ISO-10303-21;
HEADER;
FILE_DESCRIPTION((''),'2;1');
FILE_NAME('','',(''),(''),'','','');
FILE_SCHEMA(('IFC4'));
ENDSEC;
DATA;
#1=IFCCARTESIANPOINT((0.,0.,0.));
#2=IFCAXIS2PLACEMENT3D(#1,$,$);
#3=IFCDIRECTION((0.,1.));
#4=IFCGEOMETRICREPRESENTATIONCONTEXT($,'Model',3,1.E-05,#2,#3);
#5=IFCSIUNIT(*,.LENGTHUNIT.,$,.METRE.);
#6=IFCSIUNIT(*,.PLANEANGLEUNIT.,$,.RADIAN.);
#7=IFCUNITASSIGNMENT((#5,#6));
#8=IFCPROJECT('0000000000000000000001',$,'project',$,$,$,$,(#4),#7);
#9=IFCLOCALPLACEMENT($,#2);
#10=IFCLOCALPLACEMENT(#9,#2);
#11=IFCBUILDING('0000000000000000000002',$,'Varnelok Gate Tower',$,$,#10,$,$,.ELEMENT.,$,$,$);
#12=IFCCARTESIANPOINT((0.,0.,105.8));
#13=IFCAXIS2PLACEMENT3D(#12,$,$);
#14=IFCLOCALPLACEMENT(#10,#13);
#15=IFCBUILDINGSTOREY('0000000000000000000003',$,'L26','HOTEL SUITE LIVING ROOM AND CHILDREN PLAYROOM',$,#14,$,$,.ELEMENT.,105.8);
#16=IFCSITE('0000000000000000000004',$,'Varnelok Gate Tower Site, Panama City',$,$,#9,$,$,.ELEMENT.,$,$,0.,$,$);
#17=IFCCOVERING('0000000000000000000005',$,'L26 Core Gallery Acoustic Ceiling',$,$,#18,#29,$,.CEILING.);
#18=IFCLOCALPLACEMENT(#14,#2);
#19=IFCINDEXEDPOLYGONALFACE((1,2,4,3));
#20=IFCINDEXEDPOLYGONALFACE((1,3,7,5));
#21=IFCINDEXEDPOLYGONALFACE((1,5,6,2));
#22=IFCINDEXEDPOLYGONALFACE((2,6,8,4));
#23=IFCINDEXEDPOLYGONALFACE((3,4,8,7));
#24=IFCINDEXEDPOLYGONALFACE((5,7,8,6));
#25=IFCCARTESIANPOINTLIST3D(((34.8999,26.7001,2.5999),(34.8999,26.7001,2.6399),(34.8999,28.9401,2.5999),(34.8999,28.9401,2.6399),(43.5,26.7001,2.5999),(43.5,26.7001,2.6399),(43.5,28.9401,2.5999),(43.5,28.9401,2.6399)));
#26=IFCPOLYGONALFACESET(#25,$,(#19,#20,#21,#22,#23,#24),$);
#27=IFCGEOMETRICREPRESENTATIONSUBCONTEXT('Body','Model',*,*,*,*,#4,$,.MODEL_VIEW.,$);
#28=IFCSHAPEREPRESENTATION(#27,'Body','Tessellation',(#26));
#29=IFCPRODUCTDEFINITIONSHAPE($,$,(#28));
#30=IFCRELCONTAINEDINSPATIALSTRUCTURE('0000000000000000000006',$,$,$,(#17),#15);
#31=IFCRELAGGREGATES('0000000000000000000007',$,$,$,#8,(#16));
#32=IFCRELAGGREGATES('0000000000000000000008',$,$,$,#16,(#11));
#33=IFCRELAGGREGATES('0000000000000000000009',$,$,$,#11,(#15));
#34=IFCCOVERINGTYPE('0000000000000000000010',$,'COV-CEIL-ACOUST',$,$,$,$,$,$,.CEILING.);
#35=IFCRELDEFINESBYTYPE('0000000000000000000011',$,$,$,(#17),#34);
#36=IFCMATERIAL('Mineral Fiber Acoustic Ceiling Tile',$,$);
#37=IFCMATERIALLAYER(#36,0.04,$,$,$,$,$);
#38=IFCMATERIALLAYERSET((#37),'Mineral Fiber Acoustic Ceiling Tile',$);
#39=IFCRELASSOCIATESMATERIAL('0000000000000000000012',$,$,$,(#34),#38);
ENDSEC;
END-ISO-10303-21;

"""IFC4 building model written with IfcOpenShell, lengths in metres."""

from ifc_helpers import new_model, si_unit, direction, frame, origin, origin_2d, place, context, subcontext, project, spatial, rectangle, extrude, source, transform, mapped, material, layer, layer_set, type_object, element, save


model = new_model("IFC4")

# Units and contexts
model_context = context("Model", 3, precision=1e-05, world=origin(), true_north=direction((0.0, 1.0)))
body_context = subcontext(model_context, "Body", "Model", "MODEL_VIEW")
ifc_project = project(units=[si_unit("LENGTHUNIT", "METRE"), si_unit("PLANEANGLEUNIT", "RADIAN")], contexts=[model_context])

# Site, building, storey
site_placement = place(None, origin())
site = spatial("IfcSite", under=ifc_project, at=site_placement, Name="Varnelok Gate Tower Site, Panama City", CompositionType="ELEMENT", RefElevation=0.0)
building_placement = place(site_placement, origin())
building = spatial("IfcBuilding", under=site, at=building_placement, Name="Varnelok Gate Tower", CompositionType="ELEMENT")
storey_placement = place(building_placement, frame((0.0, 0.0, 105.8)))
storey = spatial("IfcBuildingStorey", under=building, at=storey_placement, Name="L26", Description="HOTEL SUITE LIVING ROOM AND CHILDREN PLAYROOM", CompositionType="ELEMENT", Elevation=105.8)

# Covering
ifc_material_1 = material(Name="Mineral Fiber Acoustic Ceiling Tile")
ifc_layer_1 = layer(ifc_material_1, 0.04)
ifc_layer_set_1 = layer_set([ifc_layer_1], Name="Mineral Fiber Acoustic Ceiling Tile")
covering_type_1 = type_object("IfcCoveringType", Name="COV-CEIL-ACOUST", PredefinedType="CEILING", material=ifc_layer_set_1)
shared_shape_1 = source(origin(), body_context, "Body", "SweptSolid", [
    extrude(rectangle(XDim=8.6001, YDim=2.24, at=origin_2d()), origin(), (0.0, 0.0, 1.0), 0.04),
])
covering_1_placement = place(storey_placement, frame((39.2, 27.8201, 2.5999), z_axis=(0.0, 0.0, 1.0), x_axis=(1.0, 0.0, 0.0)))
element("IfcCovering", 1, at=covering_1_placement, inside=storey, type_object=covering_type_1, Name="L26 Core Gallery Acoustic Ceiling", PredefinedType="CEILING", context=body_context, shape_type="MappedRepresentation", body=[
    mapped(shared_shape_1, transform((0.0, 0.0, 0.0), scale=1.0)),
])

save(model, "model.ifc")
